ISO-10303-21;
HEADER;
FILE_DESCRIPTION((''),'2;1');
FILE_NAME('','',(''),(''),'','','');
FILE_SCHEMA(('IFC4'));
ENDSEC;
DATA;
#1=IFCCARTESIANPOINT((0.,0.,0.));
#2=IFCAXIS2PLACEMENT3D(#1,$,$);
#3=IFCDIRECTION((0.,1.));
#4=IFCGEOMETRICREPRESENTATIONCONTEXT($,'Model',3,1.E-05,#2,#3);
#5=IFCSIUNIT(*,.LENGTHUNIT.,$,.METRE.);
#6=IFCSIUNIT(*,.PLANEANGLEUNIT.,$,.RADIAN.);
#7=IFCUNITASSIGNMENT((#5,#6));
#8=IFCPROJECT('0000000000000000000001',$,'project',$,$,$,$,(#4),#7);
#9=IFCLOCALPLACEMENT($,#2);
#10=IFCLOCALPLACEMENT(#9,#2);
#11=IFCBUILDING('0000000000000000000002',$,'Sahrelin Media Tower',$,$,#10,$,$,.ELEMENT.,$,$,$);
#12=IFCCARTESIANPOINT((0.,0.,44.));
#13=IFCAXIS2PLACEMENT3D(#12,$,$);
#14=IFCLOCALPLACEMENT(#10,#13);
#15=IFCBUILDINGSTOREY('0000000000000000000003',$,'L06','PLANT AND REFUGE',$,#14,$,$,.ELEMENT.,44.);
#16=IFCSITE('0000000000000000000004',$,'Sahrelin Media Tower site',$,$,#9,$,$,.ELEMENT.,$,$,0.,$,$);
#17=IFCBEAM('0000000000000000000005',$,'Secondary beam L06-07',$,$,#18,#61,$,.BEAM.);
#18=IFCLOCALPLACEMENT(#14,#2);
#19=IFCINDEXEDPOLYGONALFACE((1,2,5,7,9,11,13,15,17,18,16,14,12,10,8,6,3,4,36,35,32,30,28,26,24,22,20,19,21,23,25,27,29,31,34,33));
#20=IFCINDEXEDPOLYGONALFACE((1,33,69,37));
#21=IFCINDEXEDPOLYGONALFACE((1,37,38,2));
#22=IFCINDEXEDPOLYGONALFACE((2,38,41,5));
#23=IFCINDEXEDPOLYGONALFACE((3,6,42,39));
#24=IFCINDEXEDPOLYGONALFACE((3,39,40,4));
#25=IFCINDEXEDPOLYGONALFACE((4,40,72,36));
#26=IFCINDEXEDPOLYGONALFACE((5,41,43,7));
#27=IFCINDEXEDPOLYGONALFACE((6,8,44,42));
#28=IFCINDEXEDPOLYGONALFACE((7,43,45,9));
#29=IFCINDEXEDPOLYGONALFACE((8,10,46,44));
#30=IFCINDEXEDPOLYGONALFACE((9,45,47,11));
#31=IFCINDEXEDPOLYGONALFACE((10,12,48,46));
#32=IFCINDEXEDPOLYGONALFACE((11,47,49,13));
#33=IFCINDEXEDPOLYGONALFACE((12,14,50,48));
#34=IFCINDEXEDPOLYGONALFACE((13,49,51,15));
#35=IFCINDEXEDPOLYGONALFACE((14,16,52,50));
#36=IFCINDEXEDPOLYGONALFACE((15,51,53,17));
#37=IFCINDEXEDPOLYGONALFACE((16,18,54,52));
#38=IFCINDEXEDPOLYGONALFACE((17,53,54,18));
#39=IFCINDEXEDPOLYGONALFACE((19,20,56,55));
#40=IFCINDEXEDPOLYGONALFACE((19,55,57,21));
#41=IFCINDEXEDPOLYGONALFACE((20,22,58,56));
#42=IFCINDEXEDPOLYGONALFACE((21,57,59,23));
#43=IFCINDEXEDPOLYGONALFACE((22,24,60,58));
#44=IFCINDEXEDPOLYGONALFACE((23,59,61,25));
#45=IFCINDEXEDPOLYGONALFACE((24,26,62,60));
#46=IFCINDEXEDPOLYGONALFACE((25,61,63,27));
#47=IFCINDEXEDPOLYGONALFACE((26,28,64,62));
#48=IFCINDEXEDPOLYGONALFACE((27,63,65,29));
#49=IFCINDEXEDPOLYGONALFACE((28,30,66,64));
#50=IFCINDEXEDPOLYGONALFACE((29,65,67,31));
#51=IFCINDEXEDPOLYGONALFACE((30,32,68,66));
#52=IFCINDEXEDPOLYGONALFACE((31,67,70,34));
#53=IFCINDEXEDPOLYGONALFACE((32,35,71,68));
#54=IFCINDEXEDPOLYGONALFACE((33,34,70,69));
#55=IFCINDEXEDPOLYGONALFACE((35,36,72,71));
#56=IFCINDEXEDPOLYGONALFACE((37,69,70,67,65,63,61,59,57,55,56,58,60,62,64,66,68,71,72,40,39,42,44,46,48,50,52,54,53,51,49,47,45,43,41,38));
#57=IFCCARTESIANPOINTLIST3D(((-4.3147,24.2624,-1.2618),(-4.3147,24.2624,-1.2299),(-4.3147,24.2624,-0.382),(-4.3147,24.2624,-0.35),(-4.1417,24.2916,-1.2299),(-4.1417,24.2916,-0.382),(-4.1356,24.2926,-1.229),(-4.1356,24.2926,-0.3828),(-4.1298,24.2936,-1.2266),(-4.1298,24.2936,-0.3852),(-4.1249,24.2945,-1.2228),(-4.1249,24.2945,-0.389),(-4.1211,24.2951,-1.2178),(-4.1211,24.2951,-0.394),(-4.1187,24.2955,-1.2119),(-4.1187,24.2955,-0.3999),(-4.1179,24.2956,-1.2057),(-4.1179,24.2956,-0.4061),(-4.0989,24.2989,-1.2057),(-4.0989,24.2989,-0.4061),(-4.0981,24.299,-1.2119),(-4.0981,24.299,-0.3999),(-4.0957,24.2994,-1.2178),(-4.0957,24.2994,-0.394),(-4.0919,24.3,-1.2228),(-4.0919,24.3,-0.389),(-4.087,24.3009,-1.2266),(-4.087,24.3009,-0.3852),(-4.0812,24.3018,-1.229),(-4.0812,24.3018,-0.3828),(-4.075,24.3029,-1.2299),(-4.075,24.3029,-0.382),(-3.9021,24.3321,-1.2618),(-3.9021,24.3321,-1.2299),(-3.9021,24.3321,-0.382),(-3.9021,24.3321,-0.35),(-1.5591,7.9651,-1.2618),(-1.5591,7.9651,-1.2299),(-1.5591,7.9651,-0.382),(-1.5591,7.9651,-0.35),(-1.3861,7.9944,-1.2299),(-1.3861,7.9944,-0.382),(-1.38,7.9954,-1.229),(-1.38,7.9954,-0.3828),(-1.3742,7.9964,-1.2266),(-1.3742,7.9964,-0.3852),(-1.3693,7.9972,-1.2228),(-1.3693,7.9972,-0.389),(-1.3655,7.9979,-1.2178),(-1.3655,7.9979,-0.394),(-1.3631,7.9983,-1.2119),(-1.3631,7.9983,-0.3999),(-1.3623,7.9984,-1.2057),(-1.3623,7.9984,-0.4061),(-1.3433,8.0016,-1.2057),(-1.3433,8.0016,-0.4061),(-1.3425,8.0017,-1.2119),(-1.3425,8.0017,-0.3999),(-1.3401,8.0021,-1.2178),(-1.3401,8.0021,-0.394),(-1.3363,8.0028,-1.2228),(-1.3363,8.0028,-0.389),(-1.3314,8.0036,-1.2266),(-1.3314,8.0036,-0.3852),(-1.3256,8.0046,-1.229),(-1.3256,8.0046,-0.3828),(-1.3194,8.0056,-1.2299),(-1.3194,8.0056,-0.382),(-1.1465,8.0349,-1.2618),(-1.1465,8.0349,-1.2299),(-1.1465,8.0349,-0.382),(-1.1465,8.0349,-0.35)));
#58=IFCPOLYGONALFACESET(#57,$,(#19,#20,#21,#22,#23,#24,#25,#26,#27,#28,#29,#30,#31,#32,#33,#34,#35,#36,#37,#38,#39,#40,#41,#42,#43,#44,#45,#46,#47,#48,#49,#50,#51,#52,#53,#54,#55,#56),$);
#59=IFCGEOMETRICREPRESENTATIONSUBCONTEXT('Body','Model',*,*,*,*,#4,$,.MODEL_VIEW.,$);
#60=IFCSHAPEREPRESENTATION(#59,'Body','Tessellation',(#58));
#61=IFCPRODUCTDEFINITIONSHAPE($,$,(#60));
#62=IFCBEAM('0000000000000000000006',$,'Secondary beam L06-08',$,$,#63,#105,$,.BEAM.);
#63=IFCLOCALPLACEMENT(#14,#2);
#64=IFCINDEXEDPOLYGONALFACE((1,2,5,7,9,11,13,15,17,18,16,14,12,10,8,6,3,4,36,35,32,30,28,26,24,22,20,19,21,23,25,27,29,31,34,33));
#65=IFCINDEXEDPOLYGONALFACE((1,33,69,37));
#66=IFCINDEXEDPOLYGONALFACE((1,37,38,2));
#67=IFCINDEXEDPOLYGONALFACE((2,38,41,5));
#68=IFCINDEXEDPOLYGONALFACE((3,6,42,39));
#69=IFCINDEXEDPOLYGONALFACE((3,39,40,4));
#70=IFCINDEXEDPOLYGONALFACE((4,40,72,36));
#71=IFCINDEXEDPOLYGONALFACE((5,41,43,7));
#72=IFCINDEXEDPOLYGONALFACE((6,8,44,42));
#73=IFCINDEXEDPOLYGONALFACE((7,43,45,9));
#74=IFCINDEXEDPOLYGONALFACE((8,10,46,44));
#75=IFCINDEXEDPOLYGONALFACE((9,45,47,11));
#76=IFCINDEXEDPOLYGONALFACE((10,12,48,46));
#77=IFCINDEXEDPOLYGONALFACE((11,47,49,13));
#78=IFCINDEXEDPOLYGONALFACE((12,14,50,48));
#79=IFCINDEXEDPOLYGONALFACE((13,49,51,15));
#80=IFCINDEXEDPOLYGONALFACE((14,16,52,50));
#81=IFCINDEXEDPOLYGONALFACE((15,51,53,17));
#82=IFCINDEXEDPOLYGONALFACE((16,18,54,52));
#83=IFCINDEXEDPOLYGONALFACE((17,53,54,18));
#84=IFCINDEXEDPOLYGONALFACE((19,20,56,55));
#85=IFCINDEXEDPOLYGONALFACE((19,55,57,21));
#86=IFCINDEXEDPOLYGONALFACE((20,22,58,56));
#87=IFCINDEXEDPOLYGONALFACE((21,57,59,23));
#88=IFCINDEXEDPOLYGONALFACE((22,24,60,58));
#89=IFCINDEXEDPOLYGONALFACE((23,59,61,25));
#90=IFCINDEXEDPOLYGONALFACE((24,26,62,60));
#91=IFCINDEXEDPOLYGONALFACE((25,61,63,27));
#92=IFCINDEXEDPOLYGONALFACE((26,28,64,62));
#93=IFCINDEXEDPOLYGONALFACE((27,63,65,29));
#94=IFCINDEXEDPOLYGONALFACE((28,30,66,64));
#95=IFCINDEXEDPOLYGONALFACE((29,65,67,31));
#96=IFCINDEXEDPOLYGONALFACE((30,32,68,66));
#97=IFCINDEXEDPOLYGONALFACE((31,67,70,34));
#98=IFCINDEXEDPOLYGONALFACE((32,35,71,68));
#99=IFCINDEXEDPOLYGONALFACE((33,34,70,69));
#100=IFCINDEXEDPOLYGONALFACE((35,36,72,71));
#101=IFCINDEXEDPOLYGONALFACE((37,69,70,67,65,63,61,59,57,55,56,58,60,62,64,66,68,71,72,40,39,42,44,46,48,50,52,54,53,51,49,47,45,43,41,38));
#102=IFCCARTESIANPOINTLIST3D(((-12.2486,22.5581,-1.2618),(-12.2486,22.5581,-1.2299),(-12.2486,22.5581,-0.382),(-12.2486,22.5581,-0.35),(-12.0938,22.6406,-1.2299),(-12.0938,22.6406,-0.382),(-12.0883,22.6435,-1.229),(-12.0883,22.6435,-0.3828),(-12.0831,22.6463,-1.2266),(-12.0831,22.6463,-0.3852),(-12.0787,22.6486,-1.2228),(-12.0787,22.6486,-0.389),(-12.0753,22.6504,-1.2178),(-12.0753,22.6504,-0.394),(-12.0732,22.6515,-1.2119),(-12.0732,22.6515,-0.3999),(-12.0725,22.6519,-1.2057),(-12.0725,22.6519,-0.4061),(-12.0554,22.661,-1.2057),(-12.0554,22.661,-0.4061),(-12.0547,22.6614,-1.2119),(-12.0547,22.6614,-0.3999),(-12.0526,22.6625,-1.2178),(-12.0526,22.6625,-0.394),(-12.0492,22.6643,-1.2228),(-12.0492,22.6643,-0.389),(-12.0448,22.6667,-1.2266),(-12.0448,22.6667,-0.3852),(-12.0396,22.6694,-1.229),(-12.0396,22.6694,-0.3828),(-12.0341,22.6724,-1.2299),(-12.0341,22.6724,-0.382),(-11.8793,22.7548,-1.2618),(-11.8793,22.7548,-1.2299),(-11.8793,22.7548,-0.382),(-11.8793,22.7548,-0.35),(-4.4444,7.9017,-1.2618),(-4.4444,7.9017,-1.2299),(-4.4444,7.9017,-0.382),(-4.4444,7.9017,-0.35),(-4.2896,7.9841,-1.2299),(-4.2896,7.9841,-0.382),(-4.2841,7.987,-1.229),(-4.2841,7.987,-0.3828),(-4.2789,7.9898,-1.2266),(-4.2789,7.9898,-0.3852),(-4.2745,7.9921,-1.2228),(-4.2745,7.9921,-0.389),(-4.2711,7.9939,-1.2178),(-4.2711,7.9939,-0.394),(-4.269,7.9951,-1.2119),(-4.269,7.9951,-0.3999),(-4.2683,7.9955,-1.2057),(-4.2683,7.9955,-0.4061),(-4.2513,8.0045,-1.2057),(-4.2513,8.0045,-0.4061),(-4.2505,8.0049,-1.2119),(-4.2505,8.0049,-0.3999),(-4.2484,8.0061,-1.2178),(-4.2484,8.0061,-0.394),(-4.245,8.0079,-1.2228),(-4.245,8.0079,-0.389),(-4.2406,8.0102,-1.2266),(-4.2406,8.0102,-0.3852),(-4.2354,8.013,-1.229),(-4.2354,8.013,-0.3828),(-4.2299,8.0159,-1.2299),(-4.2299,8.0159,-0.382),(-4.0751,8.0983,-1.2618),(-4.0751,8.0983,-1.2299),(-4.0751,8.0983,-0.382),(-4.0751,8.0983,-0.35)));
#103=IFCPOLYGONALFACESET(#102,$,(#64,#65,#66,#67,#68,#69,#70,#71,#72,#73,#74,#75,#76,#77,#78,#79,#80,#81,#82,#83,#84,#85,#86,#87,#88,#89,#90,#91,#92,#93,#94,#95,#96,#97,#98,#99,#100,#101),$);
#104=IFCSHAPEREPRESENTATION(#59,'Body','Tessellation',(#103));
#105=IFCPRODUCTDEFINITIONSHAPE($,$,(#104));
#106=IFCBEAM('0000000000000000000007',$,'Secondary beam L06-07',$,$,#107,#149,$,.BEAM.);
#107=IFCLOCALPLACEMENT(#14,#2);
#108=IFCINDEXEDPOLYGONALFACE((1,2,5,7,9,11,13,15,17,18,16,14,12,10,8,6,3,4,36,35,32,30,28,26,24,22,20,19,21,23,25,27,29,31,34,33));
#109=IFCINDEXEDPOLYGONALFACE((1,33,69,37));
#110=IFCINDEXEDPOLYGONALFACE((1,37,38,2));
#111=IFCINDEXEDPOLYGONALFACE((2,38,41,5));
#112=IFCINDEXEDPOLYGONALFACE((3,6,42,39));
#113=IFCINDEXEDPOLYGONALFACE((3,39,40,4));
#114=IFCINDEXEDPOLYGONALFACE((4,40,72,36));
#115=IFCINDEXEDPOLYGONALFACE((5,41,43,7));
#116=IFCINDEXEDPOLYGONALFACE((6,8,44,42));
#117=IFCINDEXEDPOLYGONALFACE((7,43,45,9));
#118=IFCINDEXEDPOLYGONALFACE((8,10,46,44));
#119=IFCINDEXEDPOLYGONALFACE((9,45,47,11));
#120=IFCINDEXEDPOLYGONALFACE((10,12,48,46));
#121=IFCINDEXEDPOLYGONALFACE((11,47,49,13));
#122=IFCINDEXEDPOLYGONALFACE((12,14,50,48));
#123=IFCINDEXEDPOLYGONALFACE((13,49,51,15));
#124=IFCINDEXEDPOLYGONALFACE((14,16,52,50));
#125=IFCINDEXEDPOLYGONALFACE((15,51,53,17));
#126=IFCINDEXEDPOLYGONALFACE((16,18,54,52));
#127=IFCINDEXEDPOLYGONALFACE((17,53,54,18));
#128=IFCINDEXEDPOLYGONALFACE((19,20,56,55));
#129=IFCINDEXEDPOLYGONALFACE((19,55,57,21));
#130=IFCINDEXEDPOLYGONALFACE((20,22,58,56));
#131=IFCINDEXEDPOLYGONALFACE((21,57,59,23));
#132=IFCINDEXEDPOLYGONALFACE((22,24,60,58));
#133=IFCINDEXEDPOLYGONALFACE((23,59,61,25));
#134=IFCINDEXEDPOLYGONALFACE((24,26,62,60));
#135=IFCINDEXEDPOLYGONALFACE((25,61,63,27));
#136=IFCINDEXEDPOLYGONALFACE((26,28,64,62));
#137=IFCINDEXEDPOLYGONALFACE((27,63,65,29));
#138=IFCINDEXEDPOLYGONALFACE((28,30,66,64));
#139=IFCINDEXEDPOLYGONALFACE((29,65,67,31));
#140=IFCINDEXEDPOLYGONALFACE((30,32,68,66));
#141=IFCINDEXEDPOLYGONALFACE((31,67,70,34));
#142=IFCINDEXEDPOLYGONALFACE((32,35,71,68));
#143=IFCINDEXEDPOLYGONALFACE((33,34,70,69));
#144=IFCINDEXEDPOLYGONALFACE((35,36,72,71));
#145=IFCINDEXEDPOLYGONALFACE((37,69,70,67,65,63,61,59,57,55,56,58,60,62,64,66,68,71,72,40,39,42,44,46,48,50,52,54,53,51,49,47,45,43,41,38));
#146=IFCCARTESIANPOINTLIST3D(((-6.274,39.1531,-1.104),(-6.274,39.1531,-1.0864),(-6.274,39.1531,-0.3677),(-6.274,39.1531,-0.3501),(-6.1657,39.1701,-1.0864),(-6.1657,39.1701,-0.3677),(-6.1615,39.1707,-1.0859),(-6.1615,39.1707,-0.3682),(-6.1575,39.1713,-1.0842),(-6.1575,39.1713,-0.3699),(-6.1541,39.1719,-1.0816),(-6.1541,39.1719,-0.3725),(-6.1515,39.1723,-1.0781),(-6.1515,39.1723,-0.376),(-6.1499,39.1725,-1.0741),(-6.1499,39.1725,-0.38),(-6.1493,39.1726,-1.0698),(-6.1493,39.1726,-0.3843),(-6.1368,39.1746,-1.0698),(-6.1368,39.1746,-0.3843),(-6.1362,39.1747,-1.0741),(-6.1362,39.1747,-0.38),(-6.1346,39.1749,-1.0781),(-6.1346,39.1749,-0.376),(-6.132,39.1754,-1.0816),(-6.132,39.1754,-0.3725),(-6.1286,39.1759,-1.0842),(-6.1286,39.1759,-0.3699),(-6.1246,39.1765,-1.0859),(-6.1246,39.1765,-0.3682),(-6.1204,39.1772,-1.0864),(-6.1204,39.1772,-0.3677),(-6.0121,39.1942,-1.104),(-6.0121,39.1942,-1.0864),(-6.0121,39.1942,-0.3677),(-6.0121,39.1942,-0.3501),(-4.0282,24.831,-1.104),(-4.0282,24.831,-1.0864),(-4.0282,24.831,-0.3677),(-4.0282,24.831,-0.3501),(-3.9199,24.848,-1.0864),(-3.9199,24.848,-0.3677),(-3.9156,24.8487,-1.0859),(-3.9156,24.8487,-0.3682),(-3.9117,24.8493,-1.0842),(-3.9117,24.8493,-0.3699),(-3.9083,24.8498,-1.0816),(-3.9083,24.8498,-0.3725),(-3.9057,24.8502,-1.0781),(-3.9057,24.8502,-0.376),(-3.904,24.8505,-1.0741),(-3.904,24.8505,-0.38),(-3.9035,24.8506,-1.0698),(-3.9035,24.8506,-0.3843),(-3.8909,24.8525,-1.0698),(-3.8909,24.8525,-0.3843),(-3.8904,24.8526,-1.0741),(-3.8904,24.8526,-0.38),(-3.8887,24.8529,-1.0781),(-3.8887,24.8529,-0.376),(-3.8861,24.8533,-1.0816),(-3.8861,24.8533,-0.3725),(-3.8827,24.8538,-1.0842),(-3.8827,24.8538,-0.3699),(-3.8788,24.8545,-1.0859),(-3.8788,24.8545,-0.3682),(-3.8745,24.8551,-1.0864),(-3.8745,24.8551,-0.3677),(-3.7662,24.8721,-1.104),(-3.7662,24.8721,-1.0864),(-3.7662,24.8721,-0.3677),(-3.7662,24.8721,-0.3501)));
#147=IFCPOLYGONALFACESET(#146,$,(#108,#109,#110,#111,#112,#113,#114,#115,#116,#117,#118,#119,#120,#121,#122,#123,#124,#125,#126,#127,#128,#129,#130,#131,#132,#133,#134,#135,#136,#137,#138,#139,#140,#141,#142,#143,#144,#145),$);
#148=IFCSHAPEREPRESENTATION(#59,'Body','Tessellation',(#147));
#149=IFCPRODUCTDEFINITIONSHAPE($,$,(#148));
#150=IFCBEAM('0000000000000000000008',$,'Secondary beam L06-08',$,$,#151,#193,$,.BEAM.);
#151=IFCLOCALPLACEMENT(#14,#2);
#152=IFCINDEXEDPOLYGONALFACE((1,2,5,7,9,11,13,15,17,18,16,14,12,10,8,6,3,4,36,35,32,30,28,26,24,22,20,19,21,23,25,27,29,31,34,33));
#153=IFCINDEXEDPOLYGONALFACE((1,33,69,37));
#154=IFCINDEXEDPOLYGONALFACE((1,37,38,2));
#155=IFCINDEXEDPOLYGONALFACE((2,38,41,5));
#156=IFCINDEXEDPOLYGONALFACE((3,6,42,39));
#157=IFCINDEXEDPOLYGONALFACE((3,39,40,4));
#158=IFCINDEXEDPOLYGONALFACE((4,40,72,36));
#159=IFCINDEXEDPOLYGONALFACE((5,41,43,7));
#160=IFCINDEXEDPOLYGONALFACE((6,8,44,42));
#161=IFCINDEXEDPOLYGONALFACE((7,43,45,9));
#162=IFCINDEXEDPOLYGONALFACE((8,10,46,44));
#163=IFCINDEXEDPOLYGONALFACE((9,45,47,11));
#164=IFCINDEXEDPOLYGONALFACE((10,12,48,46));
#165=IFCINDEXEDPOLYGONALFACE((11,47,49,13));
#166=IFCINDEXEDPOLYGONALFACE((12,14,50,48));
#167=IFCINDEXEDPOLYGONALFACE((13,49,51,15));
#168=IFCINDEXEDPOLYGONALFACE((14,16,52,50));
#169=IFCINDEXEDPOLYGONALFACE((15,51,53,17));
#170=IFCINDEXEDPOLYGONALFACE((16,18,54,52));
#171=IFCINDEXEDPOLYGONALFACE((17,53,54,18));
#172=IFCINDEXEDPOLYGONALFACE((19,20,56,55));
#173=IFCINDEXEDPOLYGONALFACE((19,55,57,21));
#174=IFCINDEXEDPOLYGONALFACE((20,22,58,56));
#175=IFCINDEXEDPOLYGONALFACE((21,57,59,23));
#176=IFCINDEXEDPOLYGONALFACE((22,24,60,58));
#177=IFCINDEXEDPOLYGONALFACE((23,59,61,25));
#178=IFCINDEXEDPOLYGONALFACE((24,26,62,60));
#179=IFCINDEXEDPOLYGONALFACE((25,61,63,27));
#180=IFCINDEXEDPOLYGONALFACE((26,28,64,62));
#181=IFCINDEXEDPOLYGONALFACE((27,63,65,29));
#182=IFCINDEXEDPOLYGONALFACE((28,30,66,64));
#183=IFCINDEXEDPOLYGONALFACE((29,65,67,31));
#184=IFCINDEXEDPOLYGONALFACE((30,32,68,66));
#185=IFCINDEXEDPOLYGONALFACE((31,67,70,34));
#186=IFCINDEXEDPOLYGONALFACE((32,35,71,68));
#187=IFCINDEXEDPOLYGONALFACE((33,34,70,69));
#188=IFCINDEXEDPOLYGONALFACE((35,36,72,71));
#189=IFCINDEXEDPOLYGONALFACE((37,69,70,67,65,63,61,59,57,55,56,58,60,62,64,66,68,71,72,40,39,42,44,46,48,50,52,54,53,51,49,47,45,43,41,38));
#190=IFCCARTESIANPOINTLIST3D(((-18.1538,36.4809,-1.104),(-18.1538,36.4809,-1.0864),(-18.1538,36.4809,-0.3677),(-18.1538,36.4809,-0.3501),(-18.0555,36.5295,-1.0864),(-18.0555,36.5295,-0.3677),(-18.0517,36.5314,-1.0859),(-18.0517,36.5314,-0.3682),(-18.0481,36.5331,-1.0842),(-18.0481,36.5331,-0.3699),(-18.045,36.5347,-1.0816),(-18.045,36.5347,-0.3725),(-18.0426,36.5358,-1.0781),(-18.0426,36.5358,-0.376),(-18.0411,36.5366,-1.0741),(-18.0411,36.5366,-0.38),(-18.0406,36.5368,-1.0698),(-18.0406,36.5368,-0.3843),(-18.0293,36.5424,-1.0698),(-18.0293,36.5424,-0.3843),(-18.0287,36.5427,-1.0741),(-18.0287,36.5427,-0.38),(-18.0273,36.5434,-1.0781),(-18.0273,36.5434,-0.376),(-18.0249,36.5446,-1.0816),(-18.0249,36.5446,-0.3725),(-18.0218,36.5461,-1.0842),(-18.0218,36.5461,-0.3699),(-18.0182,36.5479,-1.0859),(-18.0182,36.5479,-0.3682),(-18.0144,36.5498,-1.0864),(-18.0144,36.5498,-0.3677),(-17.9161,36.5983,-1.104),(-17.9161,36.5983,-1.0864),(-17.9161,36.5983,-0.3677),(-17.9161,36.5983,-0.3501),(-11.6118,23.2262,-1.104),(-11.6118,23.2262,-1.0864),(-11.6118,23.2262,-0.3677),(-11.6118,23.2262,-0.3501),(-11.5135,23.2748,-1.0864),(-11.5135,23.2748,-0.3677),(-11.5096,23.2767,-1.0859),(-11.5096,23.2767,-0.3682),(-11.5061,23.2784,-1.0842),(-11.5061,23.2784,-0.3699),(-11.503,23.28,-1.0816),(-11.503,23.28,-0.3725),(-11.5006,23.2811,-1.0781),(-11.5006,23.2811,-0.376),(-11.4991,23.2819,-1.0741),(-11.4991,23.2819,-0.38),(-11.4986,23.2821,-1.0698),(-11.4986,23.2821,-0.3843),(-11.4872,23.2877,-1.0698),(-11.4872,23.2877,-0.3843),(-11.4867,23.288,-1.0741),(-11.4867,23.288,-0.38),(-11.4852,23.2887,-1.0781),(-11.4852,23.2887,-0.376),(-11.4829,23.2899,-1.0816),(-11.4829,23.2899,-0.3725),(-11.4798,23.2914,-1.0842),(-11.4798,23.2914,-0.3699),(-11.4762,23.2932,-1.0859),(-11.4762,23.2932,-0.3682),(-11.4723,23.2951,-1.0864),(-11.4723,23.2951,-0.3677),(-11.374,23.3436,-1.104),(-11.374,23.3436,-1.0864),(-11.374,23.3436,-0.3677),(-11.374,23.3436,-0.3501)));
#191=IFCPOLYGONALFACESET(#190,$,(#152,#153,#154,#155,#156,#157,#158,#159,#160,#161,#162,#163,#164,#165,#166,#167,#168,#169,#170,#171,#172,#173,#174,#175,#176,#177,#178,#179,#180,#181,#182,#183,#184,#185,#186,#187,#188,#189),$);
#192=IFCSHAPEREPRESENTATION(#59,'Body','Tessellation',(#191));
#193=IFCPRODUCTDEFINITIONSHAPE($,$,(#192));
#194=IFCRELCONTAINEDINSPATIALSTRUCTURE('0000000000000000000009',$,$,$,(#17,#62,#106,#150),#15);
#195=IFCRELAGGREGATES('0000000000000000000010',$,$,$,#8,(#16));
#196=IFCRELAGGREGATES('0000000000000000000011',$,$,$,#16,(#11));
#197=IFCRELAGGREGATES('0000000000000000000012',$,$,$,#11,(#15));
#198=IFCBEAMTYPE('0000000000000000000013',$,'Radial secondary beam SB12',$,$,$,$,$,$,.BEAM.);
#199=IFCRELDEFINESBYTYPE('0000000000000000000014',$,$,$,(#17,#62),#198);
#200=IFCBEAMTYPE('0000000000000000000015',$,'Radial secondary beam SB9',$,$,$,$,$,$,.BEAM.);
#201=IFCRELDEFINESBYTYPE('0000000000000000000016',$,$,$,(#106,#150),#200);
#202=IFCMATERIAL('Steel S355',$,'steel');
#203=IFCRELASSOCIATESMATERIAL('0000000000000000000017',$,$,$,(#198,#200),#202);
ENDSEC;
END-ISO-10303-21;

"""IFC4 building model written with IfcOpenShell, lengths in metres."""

from ifc_helpers import new_model, si_unit, direction, frame, origin, origin_2d, place, context, subcontext, project, spatial, i_section, extrude, material, material_profile, profile_set, type_object, element, save


model = new_model("IFC4")

# Units and contexts
model_context = context("Model", 3, precision=1e-05, world=origin(), true_north=direction((0.0, 1.0)))
body_context = subcontext(model_context, "Body", "Model", "MODEL_VIEW")
ifc_project = project(units=[si_unit("LENGTHUNIT", "METRE"), si_unit("PLANEANGLEUNIT", "RADIAN")], contexts=[model_context])

# Site, building, storey
site_placement = place(None, origin())
site = spatial("IfcSite", under=ifc_project, at=site_placement, Name="Sahrelin Media Tower site", CompositionType="ELEMENT", RefElevation=0.0)
building_placement = place(site_placement, origin())
building = spatial("IfcBuilding", under=site, at=building_placement, Name="Sahrelin Media Tower", CompositionType="ELEMENT")
storey_placement = place(building_placement, frame((0.0, 0.0, 44.0)))
storey = spatial("IfcBuildingStorey", under=building, at=storey_placement, Name="L06", Description="PLANT AND REFUGE", CompositionType="ELEMENT", Elevation=44.0)

# Beams
ifc_material_1 = material(Name="Steel S355", Category="steel")
ifc_material_profile_1 = material_profile(ifc_material_1, i_section(OverallWidth=0.4185, OverallDepth=0.9119, WebThickness=0.0193, FlangeThickness=0.032, FilletRadius=0.0242, at=origin_2d()), Name="UB 914x419x343")
ifc_profile_set_1 = profile_set([ifc_material_profile_1], Name="Steel S355")
beam_type_1 = type_object("IfcBeamType", Name="Radial secondary beam SB12", PredefinedType="BEAM", material=ifc_profile_set_1)
beam_1_placement = place(storey_placement, frame((-1.3528, 8.0, -0.8059), z_axis=(-0.166717, 0.986005, 0.0), x_axis=(-0.986005, -0.166717, 0.0)))
element("IfcBeam", 1, at=beam_1_placement, inside=storey, type_object=beam_type_1, Name="Secondary beam L06-07", PredefinedType="BEAM", context=body_context, shape_type="SweptSolid", body=[
    extrude(i_section(OverallWidth=0.4185, OverallDepth=0.9119, WebThickness=0.0193, FlangeThickness=0.032, FilletRadius=0.0242, at=origin_2d()), origin(), (0.0, 0.0, 1.0), 16.5286),
])
beam_2_placement = place(storey_placement, frame((-4.2598, 8.0, -0.8059), z_axis=(-0.469997, 0.882668, 0.0), x_axis=(-0.882668, -0.469997, 0.0)))
element("IfcBeam", 2, at=beam_2_placement, inside=storey, type_object=beam_type_1, Name="Secondary beam L06-08", PredefinedType="BEAM", context=body_context, shape_type="SweptSolid", body=[
    extrude(i_section(OverallWidth=0.4185, OverallDepth=0.9119, WebThickness=0.0193, FlangeThickness=0.032, FilletRadius=0.0242, at=origin_2d()), origin(), (0.0, 0.0, 1.0), 16.6047),
])
ifc_material_profile_2 = material_profile(ifc_material_1, i_section(OverallWidth=0.2651, OverallDepth=0.7539, WebThickness=0.0127, FlangeThickness=0.0176, FilletRadius=0.0166, at=origin_2d()), Name="UB 762x267x147")
ifc_profile_set_2 = profile_set([ifc_material_profile_2], Name="Steel S355")
beam_type_2 = type_object("IfcBeamType", Name="Radial secondary beam SB9", PredefinedType="BEAM", material=ifc_profile_set_2)
beam_3_placement = place(storey_placement, frame((-3.8972, 24.8516, -0.7271), z_axis=(-0.154918, 0.987927, 0.0), x_axis=(-0.987927, -0.154918, 0.0)))
element("IfcBeam", 3, at=beam_3_placement, inside=storey, type_object=beam_type_2, Name="Secondary beam L06-07", PredefinedType="BEAM", context=body_context, shape_type="SweptSolid", body=[
    extrude(i_section(OverallWidth=0.2651, OverallDepth=0.7539, WebThickness=0.0127, FlangeThickness=0.0176, FilletRadius=0.0166, at=origin_2d()), origin(), (0.0, 0.0, 1.0), 14.4971),
])
beam_4_placement = place(storey_placement, frame((-11.4929, 23.2849, -0.7271), z_axis=(-0.442589, 0.896724, 0.0), x_axis=(-0.896724, -0.442589, 0.0)))
element("IfcBeam", 4, at=beam_4_placement, inside=storey, type_object=beam_type_2, Name="Secondary beam L06-08", PredefinedType="BEAM", context=body_context, shape_type="SweptSolid", body=[
    extrude(i_section(OverallWidth=0.2651, OverallDepth=0.7539, WebThickness=0.0127, FlangeThickness=0.0176, FilletRadius=0.0166, at=origin_2d()), origin(), (0.0, 0.0, 1.0), 14.7812),
])

save(model, "model.ifc")
